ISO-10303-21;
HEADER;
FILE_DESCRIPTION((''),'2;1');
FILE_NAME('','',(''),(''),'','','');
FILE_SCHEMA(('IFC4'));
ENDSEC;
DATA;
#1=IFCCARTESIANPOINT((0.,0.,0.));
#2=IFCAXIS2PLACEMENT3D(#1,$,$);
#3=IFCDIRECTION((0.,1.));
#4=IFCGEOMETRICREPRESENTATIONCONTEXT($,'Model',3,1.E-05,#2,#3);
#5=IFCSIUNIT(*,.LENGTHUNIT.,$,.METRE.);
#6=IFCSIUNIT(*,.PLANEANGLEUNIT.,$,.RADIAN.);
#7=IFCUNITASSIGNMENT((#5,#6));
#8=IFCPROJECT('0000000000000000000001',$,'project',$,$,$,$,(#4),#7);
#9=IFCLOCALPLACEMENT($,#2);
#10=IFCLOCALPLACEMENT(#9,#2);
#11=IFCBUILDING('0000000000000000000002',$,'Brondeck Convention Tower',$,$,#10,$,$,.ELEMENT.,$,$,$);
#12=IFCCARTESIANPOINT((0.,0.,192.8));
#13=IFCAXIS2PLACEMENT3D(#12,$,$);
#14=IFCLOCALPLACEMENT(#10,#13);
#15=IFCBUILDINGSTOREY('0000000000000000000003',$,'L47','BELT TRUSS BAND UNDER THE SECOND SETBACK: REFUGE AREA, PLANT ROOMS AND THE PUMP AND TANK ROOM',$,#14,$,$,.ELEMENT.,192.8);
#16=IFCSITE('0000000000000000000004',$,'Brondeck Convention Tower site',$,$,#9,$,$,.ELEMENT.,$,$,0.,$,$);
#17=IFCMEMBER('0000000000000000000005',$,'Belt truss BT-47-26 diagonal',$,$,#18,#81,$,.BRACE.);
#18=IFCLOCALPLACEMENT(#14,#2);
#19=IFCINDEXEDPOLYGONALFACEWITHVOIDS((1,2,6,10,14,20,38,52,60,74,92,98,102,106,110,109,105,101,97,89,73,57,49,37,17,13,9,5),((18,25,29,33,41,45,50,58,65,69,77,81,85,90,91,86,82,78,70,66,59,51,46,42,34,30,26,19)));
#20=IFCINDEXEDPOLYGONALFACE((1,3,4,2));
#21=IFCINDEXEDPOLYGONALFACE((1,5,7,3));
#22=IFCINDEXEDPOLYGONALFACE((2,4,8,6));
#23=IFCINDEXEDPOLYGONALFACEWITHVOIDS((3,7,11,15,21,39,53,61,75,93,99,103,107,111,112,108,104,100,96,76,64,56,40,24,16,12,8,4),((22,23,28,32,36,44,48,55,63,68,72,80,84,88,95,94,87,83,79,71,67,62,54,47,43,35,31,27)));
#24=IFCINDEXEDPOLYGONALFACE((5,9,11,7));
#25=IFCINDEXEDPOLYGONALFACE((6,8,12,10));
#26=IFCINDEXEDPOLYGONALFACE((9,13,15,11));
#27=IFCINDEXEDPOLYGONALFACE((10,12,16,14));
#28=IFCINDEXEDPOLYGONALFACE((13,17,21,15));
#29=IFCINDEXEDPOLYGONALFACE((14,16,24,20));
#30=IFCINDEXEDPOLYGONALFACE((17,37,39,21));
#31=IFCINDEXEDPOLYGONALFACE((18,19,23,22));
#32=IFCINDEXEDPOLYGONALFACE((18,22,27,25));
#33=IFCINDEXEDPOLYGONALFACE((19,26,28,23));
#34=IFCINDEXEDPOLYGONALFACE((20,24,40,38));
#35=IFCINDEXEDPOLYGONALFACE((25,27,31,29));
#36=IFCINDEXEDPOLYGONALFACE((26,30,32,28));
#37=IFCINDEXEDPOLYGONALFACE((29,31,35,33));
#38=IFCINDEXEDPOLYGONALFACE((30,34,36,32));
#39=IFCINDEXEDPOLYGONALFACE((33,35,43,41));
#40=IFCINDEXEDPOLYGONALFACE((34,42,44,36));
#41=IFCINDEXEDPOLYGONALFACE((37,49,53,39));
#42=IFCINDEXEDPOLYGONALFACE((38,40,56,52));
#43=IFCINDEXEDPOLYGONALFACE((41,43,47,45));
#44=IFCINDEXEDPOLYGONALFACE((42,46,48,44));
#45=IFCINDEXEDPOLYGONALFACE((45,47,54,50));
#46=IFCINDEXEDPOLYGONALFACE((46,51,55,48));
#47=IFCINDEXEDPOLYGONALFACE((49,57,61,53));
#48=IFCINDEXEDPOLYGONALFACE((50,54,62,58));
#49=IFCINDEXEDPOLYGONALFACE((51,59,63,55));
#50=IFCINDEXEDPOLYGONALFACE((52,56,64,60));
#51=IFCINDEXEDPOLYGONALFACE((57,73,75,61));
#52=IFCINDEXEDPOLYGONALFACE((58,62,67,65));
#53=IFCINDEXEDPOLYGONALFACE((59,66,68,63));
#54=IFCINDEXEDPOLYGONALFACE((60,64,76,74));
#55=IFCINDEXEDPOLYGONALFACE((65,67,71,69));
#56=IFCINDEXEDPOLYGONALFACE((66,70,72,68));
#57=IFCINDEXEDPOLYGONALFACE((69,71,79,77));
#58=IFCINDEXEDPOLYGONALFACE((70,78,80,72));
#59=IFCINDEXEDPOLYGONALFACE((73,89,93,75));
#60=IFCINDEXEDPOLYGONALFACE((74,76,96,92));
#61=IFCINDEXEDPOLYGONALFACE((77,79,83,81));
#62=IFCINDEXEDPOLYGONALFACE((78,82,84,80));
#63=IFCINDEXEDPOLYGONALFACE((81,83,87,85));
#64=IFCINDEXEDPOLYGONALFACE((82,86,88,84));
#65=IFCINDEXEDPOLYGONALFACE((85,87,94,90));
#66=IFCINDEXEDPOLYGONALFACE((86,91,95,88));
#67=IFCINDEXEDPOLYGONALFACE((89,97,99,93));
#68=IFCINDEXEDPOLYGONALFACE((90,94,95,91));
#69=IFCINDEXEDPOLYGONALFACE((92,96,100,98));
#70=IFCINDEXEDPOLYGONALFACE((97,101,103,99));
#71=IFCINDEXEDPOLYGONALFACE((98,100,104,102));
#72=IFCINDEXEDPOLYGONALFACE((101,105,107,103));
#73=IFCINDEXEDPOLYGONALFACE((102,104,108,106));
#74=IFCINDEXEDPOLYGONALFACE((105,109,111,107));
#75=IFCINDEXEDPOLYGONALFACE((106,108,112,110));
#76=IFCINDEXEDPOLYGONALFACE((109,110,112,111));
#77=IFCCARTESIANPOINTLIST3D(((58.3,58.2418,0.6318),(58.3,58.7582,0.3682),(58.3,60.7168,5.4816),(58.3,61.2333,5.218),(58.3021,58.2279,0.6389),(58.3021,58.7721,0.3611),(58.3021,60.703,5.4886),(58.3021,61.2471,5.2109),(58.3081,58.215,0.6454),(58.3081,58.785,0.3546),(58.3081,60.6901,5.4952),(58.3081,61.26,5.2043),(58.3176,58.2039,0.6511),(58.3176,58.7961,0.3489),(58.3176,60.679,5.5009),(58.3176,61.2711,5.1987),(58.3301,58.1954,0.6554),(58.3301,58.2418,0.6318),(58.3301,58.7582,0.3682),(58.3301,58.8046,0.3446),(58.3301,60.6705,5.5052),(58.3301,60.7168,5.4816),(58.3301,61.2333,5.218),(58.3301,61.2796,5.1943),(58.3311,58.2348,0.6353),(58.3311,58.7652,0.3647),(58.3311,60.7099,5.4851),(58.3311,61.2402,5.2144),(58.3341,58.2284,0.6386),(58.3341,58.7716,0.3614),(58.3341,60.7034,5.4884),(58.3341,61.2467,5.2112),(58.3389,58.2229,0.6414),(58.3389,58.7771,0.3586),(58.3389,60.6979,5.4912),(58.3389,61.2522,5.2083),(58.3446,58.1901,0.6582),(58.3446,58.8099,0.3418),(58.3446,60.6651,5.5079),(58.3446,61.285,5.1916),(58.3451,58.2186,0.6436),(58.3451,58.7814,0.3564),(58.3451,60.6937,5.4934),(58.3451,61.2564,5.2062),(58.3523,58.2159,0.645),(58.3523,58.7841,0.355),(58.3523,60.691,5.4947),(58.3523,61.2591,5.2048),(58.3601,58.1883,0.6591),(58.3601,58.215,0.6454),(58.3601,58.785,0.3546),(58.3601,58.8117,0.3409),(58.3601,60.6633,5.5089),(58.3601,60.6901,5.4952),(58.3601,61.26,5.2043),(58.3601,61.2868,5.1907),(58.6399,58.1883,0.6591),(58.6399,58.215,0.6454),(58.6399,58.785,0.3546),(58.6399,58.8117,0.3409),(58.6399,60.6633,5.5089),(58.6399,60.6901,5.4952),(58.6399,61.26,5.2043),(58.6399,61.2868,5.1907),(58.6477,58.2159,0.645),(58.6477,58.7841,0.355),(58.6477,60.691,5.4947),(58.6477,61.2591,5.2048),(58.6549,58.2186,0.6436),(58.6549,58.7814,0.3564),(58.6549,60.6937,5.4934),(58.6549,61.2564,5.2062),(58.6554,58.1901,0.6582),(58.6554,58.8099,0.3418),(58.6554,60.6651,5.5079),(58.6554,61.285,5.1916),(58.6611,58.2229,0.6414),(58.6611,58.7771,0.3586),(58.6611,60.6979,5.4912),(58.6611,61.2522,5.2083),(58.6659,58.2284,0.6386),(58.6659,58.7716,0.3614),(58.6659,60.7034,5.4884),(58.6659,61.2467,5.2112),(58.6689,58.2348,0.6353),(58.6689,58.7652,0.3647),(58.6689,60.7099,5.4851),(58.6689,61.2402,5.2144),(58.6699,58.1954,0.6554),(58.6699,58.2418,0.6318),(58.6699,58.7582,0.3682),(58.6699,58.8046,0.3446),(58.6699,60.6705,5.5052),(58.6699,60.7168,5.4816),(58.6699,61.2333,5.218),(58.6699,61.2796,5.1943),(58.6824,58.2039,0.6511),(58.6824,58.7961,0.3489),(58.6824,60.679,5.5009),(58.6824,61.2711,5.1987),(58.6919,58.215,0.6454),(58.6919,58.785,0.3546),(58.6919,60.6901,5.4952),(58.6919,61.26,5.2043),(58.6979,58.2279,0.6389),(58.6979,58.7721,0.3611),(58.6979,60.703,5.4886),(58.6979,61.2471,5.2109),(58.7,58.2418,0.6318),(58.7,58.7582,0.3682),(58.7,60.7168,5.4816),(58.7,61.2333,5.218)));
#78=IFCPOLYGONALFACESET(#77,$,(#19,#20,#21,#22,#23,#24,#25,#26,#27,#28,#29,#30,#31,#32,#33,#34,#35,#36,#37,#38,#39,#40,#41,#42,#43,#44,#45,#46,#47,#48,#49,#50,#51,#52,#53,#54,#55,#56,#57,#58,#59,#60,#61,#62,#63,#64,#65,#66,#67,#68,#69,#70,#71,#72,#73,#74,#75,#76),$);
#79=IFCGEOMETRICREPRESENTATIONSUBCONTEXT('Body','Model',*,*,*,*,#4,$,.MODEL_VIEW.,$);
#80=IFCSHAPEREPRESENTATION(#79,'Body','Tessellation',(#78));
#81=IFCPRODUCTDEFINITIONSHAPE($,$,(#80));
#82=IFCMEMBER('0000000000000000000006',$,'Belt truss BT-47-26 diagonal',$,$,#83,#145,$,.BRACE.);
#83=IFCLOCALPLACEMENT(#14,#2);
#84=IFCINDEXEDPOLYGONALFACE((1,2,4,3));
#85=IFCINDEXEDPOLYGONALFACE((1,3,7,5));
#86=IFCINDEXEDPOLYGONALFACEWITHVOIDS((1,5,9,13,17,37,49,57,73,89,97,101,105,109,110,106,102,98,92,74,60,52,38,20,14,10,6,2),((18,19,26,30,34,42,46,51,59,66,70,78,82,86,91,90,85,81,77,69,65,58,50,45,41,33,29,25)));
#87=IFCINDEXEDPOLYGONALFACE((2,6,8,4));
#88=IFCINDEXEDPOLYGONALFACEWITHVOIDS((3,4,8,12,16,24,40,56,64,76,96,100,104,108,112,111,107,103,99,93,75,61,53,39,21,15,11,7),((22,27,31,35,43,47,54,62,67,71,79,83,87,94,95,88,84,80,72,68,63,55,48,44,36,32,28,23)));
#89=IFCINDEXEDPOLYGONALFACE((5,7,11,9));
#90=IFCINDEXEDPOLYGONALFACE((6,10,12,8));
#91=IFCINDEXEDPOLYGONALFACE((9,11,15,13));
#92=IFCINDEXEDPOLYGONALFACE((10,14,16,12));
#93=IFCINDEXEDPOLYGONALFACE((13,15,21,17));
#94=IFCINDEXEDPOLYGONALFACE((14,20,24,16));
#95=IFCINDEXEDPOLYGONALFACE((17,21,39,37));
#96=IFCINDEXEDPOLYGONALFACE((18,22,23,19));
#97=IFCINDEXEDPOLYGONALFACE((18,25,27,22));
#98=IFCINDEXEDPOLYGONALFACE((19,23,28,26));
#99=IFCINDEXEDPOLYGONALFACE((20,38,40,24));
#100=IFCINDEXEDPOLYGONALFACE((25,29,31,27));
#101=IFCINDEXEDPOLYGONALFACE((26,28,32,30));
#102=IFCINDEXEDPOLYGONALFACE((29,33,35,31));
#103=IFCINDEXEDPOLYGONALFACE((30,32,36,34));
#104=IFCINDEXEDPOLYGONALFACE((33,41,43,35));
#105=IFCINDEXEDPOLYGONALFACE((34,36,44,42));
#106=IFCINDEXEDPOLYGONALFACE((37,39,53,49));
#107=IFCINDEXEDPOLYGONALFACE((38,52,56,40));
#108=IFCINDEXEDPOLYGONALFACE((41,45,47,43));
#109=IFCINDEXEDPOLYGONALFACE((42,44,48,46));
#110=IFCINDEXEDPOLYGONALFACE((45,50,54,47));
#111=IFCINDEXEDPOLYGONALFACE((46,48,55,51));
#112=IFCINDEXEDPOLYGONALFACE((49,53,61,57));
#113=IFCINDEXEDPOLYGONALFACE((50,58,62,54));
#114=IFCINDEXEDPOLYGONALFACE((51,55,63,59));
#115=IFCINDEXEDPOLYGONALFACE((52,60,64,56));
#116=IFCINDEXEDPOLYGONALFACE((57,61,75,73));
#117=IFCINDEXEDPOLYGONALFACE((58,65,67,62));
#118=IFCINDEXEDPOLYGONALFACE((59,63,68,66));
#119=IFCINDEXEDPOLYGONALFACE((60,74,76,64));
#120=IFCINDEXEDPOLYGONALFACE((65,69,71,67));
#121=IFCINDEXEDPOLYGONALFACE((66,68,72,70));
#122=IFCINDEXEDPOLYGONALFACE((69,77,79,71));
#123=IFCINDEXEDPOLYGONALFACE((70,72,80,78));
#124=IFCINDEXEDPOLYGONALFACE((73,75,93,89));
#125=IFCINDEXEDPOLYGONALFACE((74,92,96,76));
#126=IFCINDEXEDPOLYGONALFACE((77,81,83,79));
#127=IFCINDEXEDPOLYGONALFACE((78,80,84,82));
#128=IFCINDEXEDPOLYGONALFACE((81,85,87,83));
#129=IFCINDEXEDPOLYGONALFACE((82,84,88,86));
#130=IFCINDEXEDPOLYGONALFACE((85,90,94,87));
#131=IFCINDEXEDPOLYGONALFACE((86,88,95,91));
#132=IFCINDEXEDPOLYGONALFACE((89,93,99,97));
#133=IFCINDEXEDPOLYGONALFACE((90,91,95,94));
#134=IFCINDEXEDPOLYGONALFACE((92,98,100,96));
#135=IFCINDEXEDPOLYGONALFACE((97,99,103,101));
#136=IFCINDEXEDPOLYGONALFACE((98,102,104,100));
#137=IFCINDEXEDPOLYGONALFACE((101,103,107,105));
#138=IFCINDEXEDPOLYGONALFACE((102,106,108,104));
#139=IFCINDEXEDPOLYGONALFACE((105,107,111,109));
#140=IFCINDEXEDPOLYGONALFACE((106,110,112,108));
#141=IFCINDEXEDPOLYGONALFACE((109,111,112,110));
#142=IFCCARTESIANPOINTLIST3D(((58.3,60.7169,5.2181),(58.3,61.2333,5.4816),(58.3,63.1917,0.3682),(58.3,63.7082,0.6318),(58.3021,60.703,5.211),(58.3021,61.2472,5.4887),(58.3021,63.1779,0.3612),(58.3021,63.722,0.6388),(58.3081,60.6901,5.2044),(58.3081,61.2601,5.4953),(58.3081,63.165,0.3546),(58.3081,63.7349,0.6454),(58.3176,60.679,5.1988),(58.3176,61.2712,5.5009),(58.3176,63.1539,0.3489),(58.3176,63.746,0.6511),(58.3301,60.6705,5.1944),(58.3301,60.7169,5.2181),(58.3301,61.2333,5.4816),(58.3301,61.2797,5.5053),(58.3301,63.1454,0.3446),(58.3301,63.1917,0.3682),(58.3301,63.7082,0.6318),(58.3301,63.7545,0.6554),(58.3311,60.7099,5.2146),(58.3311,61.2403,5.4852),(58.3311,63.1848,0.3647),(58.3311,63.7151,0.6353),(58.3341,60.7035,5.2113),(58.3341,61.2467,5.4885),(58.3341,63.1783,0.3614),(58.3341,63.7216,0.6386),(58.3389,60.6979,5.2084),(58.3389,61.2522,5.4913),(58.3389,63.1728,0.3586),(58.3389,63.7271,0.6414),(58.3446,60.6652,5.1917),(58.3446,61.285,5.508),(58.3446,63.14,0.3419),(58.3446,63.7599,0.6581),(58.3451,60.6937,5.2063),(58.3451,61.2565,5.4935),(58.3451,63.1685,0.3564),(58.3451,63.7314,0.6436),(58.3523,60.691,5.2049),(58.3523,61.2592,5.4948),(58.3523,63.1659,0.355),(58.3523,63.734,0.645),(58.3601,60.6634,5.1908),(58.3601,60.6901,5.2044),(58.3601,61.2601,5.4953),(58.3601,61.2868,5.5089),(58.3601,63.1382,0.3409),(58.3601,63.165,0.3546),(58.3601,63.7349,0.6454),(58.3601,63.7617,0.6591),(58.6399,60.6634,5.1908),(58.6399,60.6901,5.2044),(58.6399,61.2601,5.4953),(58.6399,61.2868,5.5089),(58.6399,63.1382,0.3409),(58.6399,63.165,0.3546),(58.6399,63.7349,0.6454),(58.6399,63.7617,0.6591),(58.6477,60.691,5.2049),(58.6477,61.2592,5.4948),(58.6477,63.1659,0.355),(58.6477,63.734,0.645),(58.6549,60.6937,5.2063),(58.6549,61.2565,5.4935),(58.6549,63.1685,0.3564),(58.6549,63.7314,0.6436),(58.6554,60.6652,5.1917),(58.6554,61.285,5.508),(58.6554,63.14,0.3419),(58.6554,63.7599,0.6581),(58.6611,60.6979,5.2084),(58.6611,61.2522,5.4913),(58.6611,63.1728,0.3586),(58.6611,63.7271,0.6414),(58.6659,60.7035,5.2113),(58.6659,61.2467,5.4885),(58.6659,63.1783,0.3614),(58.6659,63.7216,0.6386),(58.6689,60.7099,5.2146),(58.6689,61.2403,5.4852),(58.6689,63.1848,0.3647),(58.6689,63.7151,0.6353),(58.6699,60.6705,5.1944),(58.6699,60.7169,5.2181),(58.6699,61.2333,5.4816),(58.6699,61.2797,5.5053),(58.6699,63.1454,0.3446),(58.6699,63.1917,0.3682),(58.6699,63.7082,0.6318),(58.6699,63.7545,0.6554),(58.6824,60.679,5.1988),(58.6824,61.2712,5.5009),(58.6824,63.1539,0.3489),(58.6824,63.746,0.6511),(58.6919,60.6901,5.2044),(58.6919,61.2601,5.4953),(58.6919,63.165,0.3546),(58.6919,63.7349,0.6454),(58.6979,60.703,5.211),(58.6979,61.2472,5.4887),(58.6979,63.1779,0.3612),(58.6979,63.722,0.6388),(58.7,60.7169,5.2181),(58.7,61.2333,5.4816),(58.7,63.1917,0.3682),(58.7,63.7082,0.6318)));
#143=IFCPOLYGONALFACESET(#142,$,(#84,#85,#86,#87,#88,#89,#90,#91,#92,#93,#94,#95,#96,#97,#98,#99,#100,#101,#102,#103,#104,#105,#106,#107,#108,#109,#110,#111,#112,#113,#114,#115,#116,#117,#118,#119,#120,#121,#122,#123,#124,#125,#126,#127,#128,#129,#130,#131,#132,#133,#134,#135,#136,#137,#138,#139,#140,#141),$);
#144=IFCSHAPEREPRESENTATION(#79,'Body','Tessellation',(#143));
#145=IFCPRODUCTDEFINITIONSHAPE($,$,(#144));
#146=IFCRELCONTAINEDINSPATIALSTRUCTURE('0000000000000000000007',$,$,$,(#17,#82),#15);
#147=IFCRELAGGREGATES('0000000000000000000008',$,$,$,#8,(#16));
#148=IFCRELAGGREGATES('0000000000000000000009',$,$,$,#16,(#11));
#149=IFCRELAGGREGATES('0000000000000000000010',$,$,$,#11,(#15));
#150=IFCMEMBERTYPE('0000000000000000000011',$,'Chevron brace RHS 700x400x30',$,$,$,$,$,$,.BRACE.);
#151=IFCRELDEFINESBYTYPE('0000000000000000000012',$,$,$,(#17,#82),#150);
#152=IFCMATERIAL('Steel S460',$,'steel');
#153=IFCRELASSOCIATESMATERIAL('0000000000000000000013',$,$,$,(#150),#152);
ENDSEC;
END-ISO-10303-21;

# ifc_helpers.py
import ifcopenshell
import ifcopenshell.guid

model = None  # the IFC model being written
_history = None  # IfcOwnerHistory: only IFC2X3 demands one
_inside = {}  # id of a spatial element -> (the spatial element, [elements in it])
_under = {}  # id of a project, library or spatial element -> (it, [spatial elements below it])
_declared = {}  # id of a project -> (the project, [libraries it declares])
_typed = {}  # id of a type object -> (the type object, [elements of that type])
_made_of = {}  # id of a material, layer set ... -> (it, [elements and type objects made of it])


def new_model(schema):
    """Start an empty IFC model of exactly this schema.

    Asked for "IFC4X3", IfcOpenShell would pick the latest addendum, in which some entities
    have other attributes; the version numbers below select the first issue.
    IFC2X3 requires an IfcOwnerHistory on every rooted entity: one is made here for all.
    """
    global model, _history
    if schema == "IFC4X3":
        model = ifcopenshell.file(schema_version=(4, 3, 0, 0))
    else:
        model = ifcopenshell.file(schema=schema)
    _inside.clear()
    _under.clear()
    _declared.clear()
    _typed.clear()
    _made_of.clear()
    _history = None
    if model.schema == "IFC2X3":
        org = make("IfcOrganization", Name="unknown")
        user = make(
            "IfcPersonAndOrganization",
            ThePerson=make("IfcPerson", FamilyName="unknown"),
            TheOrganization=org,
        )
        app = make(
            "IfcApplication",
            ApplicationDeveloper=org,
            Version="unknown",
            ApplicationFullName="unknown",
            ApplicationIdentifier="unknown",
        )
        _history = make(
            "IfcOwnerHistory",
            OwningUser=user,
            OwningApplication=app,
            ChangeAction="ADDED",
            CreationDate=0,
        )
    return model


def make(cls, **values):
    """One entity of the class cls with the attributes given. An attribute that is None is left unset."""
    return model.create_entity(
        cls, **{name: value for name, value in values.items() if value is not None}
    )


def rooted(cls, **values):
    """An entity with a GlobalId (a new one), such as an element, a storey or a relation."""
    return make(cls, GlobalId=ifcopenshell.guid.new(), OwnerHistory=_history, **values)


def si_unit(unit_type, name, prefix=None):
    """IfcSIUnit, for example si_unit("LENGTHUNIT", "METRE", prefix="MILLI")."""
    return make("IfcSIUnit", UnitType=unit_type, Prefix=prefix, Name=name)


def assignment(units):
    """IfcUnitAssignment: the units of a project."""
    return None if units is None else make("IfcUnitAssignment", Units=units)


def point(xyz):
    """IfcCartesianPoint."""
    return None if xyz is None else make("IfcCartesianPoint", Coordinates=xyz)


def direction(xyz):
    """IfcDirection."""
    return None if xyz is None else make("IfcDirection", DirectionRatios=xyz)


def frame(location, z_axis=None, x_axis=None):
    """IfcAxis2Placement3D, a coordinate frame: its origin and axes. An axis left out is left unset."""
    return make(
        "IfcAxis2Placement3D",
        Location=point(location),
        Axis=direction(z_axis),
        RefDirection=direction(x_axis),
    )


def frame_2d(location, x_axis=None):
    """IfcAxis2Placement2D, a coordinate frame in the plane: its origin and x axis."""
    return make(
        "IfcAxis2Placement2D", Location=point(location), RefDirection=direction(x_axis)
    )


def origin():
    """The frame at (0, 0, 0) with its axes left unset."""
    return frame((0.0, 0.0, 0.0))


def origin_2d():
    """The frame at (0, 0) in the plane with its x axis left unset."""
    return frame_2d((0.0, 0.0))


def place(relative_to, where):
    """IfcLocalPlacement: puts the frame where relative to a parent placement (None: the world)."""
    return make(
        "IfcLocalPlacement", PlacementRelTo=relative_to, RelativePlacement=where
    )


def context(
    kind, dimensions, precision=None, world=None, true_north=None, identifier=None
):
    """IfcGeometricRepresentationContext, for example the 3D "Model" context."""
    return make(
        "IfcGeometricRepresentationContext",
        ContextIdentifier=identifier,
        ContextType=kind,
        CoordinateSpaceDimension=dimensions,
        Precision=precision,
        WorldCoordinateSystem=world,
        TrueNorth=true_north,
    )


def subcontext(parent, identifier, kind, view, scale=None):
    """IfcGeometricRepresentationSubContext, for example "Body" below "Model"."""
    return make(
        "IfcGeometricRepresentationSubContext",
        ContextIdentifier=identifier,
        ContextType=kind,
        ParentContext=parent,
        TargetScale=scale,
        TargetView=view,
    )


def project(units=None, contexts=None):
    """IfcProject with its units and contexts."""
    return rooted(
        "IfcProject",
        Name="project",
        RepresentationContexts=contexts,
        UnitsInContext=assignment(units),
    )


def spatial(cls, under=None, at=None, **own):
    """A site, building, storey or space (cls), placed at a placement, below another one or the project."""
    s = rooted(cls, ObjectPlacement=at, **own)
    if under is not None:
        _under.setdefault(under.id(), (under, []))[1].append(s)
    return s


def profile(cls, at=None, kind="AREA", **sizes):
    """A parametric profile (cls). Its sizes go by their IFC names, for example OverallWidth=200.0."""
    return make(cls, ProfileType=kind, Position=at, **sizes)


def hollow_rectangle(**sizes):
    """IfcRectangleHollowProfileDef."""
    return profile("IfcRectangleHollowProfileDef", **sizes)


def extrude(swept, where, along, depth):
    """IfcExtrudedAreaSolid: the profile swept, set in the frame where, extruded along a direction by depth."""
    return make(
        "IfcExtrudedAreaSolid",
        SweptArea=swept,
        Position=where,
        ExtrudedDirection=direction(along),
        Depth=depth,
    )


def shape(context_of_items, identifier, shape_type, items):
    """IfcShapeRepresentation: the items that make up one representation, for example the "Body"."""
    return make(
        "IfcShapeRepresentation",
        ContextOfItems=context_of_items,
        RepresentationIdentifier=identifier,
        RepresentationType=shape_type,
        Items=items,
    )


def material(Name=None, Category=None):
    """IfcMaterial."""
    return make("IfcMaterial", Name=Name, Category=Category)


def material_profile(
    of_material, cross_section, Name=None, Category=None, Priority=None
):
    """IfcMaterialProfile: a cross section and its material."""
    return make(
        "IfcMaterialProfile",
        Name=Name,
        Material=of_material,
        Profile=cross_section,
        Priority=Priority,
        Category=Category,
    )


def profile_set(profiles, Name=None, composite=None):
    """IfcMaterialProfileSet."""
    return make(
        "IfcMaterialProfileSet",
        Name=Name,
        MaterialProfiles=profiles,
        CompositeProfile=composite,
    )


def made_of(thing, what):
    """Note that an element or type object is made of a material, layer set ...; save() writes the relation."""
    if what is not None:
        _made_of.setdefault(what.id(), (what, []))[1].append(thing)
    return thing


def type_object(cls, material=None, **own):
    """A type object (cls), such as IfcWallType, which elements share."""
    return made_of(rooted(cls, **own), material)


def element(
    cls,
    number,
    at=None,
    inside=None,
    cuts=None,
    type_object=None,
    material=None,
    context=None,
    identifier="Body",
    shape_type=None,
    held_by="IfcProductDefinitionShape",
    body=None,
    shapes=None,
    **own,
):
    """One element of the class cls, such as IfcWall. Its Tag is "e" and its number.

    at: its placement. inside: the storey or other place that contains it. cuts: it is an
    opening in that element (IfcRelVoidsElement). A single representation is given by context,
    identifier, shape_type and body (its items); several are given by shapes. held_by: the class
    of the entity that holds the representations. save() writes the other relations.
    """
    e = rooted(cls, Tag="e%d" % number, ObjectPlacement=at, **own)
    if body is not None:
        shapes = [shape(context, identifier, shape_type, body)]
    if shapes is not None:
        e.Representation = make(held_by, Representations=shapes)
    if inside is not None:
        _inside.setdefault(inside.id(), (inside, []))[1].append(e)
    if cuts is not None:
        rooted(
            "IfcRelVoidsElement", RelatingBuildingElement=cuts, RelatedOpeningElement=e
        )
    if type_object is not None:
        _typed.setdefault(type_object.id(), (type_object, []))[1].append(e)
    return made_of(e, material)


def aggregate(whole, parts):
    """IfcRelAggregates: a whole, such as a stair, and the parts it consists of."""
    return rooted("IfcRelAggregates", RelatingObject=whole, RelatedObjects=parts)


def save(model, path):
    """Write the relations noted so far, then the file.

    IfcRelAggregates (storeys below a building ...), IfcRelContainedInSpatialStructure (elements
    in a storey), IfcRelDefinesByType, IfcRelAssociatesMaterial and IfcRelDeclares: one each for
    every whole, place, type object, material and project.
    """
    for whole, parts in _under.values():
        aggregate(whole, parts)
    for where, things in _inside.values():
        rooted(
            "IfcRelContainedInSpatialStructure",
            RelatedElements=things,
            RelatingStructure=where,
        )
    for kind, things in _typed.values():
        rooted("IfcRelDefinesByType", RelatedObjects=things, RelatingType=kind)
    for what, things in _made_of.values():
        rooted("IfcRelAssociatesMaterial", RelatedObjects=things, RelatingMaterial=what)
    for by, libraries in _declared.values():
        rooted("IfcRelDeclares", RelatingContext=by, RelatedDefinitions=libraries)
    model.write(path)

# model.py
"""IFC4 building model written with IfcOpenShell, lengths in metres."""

from ifc_helpers import new_model, si_unit, direction, frame, origin, origin_2d, place, context, subcontext, project, spatial, hollow_rectangle, extrude, material, material_profile, profile_set, type_object, element, save


model = new_model("IFC4")

# Units and contexts
model_context = context("Model", 3, precision=1e-05, world=origin(), true_north=direction((0.0, 1.0)))
body_context = subcontext(model_context, "Body", "Model", "MODEL_VIEW")
ifc_project = project(units=[si_unit("LENGTHUNIT", "METRE"), si_unit("PLANEANGLEUNIT", "RADIAN")], contexts=[model_context])

# Site, building, storey
site_placement = place(None, origin())
site = spatial("IfcSite", under=ifc_project, at=site_placement, Name="Brondeck Convention Tower site", CompositionType="ELEMENT", RefElevation=0.0)
building_placement = place(site_placement, origin())
building = spatial("IfcBuilding", under=site, at=building_placement, Name="Brondeck Convention Tower", CompositionType="ELEMENT")
storey_placement = place(building_placement, frame((0.0, 0.0, 192.8)))
storey = spatial("IfcBuildingStorey", under=building, at=storey_placement, Name="L47", Description="BELT TRUSS BAND UNDER THE SECOND SETBACK: REFUGE AREA, PLANT ROOMS AND THE PUMP AND TANK ROOM", CompositionType="ELEMENT", Elevation=192.8)

# Members
ifc_material_1 = material(Name="Steel S460", Category="steel")
ifc_material_profile_1 = material_profile(ifc_material_1, hollow_rectangle(XDim=0.3999, YDim=0.7, WallThickness=0.03, InnerFilletRadius=0.03, OuterFilletRadius=0.0601, at=origin_2d()), Name="RHS 700x400x30")
ifc_profile_set_1 = profile_set([ifc_material_profile_1], Name="Steel S460")
member_type_1 = type_object("IfcMemberType", Name="Chevron brace RHS 700x400x30", PredefinedType="BRACE", material=ifc_profile_set_1)
for number, where, z_axis, x_axis, name in (
    (1, (58.5, 58.5, 0.5), (0.0, 0.45457, 0.890711), (-1.0, 0.0, 0.0), "Belt truss BT-47-26 diagonal"),
    (2, (58.5, 63.45, 0.5), (0.0, -0.454534, 0.890729), (1.0, 0.0, 0.0), "Belt truss BT-47-26 diagonal"),
):
    element("IfcMember", number, at=place(storey_placement, frame(where, z_axis=z_axis, x_axis=x_axis)), inside=storey, type_object=member_type_1, Name=name, PredefinedType="BRACE", context=body_context, shape_type="SweptSolid", body=[
        extrude(hollow_rectangle(XDim=0.3999, YDim=0.7, WallThickness=0.03, InnerFilletRadius=0.03, OuterFilletRadius=0.0601, at=origin_2d()), origin(), (0.0, 0.0, 1.0), 5.4448),
    ])

save(model, "model.ifc")
